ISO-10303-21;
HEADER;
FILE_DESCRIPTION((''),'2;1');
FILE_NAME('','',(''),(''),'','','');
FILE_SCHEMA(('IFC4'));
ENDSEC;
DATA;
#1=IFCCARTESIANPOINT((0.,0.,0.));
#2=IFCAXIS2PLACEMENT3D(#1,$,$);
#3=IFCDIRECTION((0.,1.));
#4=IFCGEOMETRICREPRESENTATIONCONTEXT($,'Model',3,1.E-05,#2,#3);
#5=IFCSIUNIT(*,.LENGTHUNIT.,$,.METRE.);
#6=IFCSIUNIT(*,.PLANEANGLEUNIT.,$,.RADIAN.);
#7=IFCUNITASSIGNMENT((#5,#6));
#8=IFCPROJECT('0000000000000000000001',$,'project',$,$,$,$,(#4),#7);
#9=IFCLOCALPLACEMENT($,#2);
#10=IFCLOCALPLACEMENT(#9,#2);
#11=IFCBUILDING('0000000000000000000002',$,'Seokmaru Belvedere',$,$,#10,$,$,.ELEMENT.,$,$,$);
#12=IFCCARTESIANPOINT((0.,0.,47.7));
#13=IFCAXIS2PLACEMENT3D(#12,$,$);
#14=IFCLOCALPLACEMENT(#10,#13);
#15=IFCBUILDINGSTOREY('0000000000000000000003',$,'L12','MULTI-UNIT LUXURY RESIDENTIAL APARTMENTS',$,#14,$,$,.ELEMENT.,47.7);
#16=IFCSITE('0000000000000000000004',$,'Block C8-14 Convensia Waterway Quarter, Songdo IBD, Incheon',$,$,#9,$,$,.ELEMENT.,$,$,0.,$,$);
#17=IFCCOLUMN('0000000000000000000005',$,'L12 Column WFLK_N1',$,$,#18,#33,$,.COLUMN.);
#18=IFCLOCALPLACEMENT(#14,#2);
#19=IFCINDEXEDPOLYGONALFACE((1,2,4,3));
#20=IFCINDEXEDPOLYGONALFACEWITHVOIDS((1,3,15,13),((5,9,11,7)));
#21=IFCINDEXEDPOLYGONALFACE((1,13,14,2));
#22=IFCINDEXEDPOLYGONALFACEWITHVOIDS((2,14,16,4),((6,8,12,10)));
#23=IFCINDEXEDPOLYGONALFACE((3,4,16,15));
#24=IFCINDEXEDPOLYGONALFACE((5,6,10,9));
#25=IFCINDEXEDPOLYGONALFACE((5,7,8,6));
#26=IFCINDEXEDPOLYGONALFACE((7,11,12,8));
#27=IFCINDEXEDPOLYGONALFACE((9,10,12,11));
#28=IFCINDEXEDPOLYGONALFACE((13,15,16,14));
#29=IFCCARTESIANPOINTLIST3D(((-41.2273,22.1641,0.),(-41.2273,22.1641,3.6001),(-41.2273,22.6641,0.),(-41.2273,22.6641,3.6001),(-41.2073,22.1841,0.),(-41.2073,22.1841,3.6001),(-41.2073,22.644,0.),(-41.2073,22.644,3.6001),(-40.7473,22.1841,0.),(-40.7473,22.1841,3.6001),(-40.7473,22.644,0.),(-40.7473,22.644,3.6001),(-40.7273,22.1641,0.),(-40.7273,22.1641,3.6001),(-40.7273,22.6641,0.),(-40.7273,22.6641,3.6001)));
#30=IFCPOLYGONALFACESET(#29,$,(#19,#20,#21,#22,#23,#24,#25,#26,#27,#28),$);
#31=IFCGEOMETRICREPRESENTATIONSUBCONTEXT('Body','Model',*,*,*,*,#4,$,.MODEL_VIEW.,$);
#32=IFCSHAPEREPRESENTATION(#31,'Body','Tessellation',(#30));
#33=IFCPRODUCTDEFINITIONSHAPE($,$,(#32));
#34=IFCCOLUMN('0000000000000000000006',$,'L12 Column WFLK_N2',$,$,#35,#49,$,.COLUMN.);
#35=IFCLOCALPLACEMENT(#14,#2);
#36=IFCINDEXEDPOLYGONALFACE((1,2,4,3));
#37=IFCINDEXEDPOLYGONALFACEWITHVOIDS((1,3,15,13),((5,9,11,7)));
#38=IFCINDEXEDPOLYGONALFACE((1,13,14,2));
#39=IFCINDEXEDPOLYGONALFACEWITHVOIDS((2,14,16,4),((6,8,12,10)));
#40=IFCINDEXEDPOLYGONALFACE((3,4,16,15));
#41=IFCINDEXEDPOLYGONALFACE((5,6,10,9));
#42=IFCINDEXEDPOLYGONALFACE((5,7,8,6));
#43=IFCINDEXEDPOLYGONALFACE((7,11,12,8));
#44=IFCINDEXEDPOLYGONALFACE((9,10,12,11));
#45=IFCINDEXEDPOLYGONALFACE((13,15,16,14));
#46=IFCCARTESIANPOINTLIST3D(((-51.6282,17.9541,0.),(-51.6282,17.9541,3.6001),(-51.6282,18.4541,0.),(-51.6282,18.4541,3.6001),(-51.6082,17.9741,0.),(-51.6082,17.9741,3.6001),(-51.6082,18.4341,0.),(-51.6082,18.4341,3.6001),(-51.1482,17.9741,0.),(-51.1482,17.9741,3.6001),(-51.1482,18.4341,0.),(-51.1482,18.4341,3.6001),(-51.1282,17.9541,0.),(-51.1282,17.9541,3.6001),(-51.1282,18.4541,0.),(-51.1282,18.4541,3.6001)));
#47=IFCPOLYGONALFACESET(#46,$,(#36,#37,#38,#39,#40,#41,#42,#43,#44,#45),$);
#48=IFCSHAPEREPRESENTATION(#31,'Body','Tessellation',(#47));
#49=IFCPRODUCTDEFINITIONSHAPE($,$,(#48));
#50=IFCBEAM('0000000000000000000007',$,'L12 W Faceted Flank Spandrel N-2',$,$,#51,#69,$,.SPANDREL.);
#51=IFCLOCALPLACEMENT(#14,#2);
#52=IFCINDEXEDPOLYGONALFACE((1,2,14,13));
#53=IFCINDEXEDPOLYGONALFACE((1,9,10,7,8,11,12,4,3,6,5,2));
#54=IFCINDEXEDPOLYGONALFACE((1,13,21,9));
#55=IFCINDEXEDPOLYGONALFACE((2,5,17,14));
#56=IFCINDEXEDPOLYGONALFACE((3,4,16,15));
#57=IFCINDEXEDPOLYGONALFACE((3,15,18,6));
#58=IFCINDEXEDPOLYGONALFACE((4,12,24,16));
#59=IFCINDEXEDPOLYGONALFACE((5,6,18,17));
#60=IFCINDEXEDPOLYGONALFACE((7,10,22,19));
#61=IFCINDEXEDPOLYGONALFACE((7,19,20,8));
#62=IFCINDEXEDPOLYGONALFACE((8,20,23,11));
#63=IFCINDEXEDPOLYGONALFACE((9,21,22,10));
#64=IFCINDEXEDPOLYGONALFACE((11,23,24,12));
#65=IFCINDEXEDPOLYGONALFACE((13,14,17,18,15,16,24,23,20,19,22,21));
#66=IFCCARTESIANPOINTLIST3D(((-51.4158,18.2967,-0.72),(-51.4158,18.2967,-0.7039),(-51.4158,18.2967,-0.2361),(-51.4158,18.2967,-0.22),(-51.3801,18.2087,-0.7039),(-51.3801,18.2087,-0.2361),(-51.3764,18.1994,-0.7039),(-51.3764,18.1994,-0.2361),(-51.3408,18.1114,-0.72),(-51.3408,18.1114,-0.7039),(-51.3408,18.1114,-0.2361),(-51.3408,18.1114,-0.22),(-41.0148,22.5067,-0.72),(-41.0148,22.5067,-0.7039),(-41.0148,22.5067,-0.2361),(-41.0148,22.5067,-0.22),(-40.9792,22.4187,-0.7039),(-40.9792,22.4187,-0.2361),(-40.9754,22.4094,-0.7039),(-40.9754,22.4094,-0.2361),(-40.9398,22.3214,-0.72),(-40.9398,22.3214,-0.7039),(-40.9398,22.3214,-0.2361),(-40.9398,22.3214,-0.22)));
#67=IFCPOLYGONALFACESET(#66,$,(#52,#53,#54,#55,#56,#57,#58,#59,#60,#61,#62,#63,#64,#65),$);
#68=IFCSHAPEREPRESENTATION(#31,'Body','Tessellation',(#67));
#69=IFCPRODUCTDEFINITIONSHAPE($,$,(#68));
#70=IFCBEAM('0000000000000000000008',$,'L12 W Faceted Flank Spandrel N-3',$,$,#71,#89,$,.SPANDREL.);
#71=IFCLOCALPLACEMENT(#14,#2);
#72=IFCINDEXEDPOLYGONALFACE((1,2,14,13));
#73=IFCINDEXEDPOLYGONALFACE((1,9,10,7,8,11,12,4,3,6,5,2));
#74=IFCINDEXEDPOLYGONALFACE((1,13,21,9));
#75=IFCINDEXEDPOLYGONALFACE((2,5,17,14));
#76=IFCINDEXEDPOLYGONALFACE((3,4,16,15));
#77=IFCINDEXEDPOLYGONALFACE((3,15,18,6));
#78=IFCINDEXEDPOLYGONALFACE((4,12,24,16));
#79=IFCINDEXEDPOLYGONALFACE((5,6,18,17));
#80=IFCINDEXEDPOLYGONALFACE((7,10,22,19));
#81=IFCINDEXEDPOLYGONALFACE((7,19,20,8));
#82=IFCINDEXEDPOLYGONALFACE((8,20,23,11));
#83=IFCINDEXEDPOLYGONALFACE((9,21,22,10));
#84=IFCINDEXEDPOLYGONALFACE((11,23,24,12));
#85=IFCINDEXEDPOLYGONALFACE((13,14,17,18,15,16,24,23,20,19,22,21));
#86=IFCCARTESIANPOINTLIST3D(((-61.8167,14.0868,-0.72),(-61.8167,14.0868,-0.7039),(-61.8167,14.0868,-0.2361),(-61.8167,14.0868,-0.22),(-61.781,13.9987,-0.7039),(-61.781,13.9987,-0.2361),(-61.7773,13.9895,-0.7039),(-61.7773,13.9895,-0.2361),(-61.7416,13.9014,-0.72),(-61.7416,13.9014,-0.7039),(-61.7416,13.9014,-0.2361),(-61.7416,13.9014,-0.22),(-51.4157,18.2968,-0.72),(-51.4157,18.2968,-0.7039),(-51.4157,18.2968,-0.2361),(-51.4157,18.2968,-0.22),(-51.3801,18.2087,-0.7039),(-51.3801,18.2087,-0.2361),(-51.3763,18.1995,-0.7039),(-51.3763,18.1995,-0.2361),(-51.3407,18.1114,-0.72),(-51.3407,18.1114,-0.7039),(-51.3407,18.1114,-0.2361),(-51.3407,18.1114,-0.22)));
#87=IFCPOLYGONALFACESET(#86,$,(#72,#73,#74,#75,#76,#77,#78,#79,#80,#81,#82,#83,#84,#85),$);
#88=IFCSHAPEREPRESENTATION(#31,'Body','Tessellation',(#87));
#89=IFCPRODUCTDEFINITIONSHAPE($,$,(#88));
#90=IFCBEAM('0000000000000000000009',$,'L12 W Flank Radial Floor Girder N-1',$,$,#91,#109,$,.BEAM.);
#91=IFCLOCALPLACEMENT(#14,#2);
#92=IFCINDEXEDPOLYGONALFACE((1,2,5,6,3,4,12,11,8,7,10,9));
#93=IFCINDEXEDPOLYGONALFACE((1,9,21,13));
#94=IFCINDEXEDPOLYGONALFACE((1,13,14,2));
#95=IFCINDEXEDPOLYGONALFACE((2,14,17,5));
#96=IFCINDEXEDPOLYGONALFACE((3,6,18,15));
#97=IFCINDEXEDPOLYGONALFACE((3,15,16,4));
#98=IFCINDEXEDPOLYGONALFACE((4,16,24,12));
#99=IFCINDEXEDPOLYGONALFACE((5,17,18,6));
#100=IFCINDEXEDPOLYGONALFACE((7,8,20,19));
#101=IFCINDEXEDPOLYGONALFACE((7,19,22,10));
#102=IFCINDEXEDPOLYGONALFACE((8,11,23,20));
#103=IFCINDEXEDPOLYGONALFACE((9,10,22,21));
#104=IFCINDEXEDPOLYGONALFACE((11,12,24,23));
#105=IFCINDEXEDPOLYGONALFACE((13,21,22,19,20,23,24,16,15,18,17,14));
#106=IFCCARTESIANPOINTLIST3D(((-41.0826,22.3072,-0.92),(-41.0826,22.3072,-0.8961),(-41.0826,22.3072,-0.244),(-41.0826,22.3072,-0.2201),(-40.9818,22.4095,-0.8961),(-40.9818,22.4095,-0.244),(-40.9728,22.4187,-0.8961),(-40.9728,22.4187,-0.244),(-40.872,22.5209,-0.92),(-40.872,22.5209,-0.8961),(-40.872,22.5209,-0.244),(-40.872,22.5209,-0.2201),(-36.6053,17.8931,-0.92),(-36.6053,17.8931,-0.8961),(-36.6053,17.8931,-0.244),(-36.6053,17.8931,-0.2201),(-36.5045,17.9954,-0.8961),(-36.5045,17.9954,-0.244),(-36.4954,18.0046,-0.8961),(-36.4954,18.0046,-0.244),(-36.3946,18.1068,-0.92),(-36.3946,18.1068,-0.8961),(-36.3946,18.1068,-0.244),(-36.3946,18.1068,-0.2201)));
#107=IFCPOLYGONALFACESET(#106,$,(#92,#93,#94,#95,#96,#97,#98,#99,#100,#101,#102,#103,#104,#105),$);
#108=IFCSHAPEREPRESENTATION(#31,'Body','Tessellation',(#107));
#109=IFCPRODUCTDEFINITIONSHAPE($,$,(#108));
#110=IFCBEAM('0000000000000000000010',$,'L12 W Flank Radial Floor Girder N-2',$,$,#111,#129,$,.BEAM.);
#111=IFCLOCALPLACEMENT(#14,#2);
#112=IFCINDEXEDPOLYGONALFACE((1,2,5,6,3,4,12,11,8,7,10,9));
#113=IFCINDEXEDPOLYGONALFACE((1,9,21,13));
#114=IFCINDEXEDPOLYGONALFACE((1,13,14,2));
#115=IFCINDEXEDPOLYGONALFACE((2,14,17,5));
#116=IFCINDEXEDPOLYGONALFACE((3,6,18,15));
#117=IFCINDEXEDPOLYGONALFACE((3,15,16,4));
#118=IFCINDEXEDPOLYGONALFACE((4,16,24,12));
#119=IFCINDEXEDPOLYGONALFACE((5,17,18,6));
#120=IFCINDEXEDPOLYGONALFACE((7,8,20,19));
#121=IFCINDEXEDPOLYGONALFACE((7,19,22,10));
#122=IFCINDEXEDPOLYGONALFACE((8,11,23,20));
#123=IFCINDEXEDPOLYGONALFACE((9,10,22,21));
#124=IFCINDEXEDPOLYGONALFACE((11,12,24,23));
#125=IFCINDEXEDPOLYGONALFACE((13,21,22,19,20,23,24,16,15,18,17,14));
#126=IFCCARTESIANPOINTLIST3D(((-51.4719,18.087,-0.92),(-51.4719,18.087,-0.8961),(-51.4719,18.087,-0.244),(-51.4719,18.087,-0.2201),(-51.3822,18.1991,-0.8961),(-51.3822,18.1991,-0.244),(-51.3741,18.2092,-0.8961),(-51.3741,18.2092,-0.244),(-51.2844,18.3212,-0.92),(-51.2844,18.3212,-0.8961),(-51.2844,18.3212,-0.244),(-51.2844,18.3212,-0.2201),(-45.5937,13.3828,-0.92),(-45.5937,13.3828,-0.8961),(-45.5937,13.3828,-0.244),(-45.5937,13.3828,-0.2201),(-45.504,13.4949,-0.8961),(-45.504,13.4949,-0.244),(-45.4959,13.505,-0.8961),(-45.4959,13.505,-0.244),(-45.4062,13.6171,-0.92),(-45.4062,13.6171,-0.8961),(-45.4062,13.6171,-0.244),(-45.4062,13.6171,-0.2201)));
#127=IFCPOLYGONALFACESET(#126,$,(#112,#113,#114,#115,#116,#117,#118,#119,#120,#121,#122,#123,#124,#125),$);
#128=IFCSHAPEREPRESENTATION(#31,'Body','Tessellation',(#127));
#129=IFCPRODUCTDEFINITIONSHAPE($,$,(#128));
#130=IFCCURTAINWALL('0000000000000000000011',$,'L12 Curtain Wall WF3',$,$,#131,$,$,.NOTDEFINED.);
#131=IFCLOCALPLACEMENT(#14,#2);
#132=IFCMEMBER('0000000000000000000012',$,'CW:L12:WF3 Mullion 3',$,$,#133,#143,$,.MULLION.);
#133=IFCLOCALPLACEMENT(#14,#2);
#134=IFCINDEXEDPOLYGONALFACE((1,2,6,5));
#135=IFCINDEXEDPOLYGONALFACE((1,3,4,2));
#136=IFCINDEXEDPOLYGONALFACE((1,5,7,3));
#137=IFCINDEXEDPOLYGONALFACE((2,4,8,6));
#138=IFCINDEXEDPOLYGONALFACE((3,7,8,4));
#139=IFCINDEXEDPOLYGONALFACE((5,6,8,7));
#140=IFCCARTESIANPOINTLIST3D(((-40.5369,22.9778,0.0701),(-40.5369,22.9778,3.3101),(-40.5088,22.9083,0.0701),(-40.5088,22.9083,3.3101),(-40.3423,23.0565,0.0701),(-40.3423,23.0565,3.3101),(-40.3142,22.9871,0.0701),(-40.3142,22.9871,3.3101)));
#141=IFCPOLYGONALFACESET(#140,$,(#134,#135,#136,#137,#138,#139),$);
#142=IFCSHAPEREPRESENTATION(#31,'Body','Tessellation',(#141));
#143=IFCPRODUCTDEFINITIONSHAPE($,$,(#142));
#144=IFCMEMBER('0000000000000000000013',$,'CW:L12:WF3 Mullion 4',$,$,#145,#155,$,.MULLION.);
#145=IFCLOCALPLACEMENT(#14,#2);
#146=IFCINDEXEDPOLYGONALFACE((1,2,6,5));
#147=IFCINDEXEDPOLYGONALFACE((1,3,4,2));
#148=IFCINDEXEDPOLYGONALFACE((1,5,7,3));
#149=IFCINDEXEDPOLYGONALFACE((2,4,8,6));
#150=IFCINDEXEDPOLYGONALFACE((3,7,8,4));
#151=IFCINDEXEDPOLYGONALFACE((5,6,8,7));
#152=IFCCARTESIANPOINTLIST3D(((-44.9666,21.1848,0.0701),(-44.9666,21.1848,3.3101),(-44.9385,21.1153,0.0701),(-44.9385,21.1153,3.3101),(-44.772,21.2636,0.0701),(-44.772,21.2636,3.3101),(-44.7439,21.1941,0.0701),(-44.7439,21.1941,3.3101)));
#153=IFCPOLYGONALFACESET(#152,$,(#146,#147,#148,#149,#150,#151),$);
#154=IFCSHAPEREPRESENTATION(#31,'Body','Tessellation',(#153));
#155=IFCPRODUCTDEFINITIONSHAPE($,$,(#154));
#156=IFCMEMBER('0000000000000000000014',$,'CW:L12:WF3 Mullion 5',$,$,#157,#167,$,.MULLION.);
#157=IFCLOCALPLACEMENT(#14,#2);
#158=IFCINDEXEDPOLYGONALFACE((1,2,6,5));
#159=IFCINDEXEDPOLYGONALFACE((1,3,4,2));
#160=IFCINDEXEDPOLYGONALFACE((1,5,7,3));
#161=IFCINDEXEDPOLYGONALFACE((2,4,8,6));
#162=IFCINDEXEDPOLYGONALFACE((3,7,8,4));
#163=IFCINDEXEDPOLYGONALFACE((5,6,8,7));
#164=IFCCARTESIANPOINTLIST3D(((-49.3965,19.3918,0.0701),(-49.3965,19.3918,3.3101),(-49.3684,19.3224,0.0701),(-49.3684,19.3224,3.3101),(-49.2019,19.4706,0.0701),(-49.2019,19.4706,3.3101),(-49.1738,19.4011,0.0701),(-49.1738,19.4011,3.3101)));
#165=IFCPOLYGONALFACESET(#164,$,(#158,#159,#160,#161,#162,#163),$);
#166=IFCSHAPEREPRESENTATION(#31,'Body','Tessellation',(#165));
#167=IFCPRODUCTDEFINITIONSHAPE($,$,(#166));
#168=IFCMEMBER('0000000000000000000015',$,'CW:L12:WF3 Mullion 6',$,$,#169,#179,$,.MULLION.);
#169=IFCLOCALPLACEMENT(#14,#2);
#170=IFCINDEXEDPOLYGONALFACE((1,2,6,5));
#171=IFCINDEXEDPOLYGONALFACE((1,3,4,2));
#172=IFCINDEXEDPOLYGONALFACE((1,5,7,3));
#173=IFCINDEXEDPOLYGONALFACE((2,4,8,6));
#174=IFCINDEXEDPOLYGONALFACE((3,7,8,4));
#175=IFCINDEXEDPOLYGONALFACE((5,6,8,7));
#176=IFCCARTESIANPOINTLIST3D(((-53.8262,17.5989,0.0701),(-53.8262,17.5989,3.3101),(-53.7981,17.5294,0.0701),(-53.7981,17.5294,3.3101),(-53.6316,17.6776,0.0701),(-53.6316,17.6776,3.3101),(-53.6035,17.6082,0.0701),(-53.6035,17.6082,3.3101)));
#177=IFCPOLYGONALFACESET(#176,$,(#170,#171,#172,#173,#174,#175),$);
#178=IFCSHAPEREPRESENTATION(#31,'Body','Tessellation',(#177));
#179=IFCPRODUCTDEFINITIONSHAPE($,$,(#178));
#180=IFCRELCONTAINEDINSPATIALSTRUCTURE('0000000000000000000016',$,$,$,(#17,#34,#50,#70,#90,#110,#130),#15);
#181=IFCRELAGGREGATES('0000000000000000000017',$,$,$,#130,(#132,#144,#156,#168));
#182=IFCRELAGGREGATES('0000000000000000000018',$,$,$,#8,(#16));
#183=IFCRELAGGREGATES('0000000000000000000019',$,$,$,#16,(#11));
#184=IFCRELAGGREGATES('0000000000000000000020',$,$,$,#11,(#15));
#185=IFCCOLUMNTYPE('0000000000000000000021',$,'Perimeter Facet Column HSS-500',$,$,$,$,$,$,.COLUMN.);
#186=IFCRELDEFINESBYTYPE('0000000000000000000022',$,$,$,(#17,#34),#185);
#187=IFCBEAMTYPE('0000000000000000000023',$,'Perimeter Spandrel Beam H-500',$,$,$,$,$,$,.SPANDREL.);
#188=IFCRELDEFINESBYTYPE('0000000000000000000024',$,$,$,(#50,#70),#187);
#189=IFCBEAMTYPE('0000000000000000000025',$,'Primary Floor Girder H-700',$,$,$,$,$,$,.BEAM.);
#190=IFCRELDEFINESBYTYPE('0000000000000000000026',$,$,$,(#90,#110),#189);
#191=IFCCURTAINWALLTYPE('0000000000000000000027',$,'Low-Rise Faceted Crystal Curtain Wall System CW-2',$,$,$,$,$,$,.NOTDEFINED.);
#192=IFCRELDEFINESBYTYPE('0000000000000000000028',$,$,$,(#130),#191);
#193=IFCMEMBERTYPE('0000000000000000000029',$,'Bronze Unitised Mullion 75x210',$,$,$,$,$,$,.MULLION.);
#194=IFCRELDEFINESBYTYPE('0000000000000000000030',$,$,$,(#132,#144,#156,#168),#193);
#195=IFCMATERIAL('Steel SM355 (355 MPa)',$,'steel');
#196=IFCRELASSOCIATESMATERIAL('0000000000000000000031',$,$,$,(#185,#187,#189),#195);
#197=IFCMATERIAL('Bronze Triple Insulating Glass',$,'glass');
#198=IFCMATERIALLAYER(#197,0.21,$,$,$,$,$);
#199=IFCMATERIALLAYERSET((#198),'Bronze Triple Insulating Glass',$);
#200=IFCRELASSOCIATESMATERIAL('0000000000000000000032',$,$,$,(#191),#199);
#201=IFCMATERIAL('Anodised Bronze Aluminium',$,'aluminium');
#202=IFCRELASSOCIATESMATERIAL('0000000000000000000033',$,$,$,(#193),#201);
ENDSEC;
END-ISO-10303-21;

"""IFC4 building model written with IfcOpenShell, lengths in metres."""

from ifc_helpers import new_model, si_unit, direction, frame, origin, origin_2d, place, context, subcontext, project, spatial, rectangle, hollow_rectangle, i_section, extrude, source, transform, mapped, material, layer, layer_set, material_profile, profile_set, type_object, type_shapes, element, aggregate, save


model = new_model("IFC4")

# Units and contexts
model_context = context("Model", 3, precision=1e-05, world=origin(), true_north=direction((0.0, 1.0)))
body_context = subcontext(model_context, "Body", "Model", "MODEL_VIEW")
ifc_project = project(units=[si_unit("LENGTHUNIT", "METRE"), si_unit("PLANEANGLEUNIT", "RADIAN")], contexts=[model_context])

# Site, building, storey
site_placement = place(None, origin())
site = spatial("IfcSite", under=ifc_project, at=site_placement, Name="Block C8-14 Convensia Waterway Quarter, Songdo IBD, Incheon", CompositionType="ELEMENT", RefElevation=0.0)
building_placement = place(site_placement, origin())
building = spatial("IfcBuilding", under=site, at=building_placement, Name="Seokmaru Belvedere", CompositionType="ELEMENT")
storey_placement = place(building_placement, frame((0.0, 0.0, 47.7)))
storey = spatial("IfcBuildingStorey", under=building, at=storey_placement, Name="L12", Description="MULTI-UNIT LUXURY RESIDENTIAL APARTMENTS", CompositionType="ELEMENT", Elevation=47.7)

# Columns
ifc_material_1 = material(Name="Steel SM355 (355 MPa)", Category="steel")
ifc_material_profile_1 = material_profile(ifc_material_1, hollow_rectangle(XDim=0.5, YDim=0.5, WallThickness=0.02, at=origin_2d()), Name="HSS-500x500x20")
ifc_profile_set_1 = profile_set([ifc_material_profile_1], Name="Steel SM355 (355 MPa)")
column_type = type_object("IfcColumnType", Name="Perimeter Facet Column HSS-500", PredefinedType="COLUMN", material=ifc_profile_set_1)
shared_shape_1 = source(origin(), body_context, "Body", "SweptSolid", [
    extrude(hollow_rectangle(XDim=0.5, YDim=0.5, WallThickness=0.02, at=origin_2d()), origin(), (0.0, 0.0, 1.0), 3.6001),
])
type_shapes(column_type, [shared_shape_1])
for number, where, z_axis, x_axis, name in (
    (1, (-40.9773, 22.4141, 0.0), (0.0, 0.0, 1.0), (1.0, 0.0, 0.0), "L12 Column WFLK_N1"),
    (2, (-51.3782, 18.2041, 0.0), (0.0, 0.0, 1.0), (1.0, 0.0, 0.0), "L12 Column WFLK_N2"),
):
    element("IfcColumn", number, at=place(storey_placement, frame(where, z_axis=z_axis, x_axis=x_axis)), inside=storey, type_object=column_type, Name=name, PredefinedType="COLUMN", context=body_context, shape_type="MappedRepresentation", body=[
        mapped(shared_shape_1, transform((0.0, 0.0, 0.0), scale=1.0)),
    ])

# Beams
ifc_material_profile_2 = material_profile(ifc_material_1, i_section(OverallWidth=0.2, OverallDepth=0.5, WebThickness=0.01, FlangeThickness=0.0161, at=origin_2d()), Name="H-500x200x10x16")
ifc_profile_set_2 = profile_set([ifc_material_profile_2], Name="Steel SM355 (355 MPa)")
beam_type_1 = type_object("IfcBeamType", Name="Perimeter Spandrel Beam H-500", PredefinedType="SPANDREL", material=ifc_profile_set_2)
shared_shape_2 = source(origin(), body_context, "Body", "SweptSolid", [
    extrude(i_section(OverallWidth=0.2, OverallDepth=0.5, WebThickness=0.01, FlangeThickness=0.0161, at=origin_2d()), origin(), (0.0, 0.0, 1.0), 11.2207),
])
type_shapes(beam_type_1, [shared_shape_2])
for number, where, z_axis, x_axis, name in (
    (3, (-40.9773, 22.4141, -0.47), (-0.926944, -0.375199, 0.0), (0.375199, -0.926944, 0.0), "L12 W Faceted Flank Spandrel N-2"),
    (4, (-51.3782, 18.2041, -0.47), (-0.926944, -0.375199, 0.0), (0.375199, -0.926944, 0.0), "L12 W Faceted Flank Spandrel N-3"),
):
    element("IfcBeam", number, at=place(storey_placement, frame(where, z_axis=z_axis, x_axis=x_axis)), inside=storey, type_object=beam_type_1, Name=name, PredefinedType="SPANDREL", context=body_context, shape_type="MappedRepresentation", body=[
        mapped(shared_shape_2, transform((0.0, 0.0, 0.0), scale=1.0)),
    ])
ifc_material_profile_3 = material_profile(ifc_material_1, i_section(OverallWidth=0.3, OverallDepth=0.7, WebThickness=0.0129, FlangeThickness=0.0239, at=origin_2d()), Name="H-700x300x13x24")
ifc_profile_set_3 = profile_set([ifc_material_profile_3], Name="Steel SM355 (355 MPa)")
beam_type_2 = type_object("IfcBeamType", Name="Primary Floor Girder H-700", PredefinedType="BEAM", material=ifc_profile_set_3)
shared_shape_3 = source(origin(), body_context, "Body", "SweptSolid", [
    extrude(i_section(OverallWidth=0.3, OverallDepth=0.7, WebThickness=0.0129, FlangeThickness=0.0239, at=origin_2d()), origin(), (0.0, 0.0, 1.0), 6.2874),
])
beam_1_placement = place(storey_placement, frame((-40.9773, 22.4141, -0.5701), z_axis=(0.712117, -0.70206, 0.0), x_axis=(0.70206, 0.712117, 0.0)))
element("IfcBeam", 5, at=beam_1_placement, inside=storey, type_object=beam_type_2, Name="L12 W Flank Radial Floor Girder N-1", PredefinedType="BEAM", context=body_context, shape_type="MappedRepresentation", body=[
    mapped(shared_shape_3, transform((0.0, 0.0, 0.0), scale=1.0)),
])
shared_shape_4 = source(origin(), body_context, "Body", "SweptSolid", [
    extrude(i_section(OverallWidth=0.3, OverallDepth=0.7, WebThickness=0.0129, FlangeThickness=0.0239, at=origin_2d()), origin(), (0.0, 0.0, 1.0), 7.5288),
])
type_shapes(beam_type_2, [shared_shape_3, shared_shape_4])
beam_2_placement = place(storey_placement, frame((-51.3782, 18.2041, -0.5701), z_axis=(0.780768, -0.624822, 0.0), x_axis=(0.624822, 0.780768, 0.0)))
element("IfcBeam", 6, at=beam_2_placement, inside=storey, type_object=beam_type_2, Name="L12 W Flank Radial Floor Girder N-2", PredefinedType="BEAM", context=body_context, shape_type="MappedRepresentation", body=[
    mapped(shared_shape_4, transform((0.0, 0.0, 0.0), scale=1.0)),
])

# Curtain wall, members
ifc_material_2 = material(Name="Bronze Triple Insulating Glass", Category="glass")
ifc_layer_1 = layer(ifc_material_2, 0.21)
ifc_layer_set_1 = layer_set([ifc_layer_1], Name="Bronze Triple Insulating Glass")
curtain_wall_type = type_object("IfcCurtainWallType", Name="Low-Rise Faceted Crystal Curtain Wall System CW-2", PredefinedType="NOTDEFINED", material=ifc_layer_set_1)
curtain_wall_placement = place(storey_placement, origin())
curtain_wall = element("IfcCurtainWall", 7, at=curtain_wall_placement, inside=storey, type_object=curtain_wall_type, Name="L12 Curtain Wall WF3", PredefinedType="NOTDEFINED")
ifc_material_3 = material(Name="Anodised Bronze Aluminium", Category="aluminium")
ifc_material_profile_4 = material_profile(ifc_material_3, rectangle(XDim=0.075, YDim=0.21, at=origin_2d()), Name="CW-M-75x210")
ifc_profile_set_4 = profile_set([ifc_material_profile_4], Name="Anodised Bronze Aluminium")
member_type = type_object("IfcMemberType", Name="Bronze Unitised Mullion 75x210", PredefinedType="MULLION", material=ifc_profile_set_4)
shared_shape_5 = source(origin(), body_context, "Body", "SweptSolid", [
    extrude(rectangle(XDim=0.075, YDim=0.21, at=origin_2d()), origin(), (0.0, 0.0, 1.0), 3.24),
])
type_shapes(member_type, [shared_shape_5])
member_1_placement = place(storey_placement, frame((-40.4255, 22.9824, 0.0701), z_axis=(0.0, 0.0, 1.0), x_axis=(0.375192, -0.926947, 0.0)))
member_1 = element("IfcMember", 8, at=member_1_placement, type_object=member_type, Name="CW:L12:WF3 Mullion 3", PredefinedType="MULLION", context=body_context, shape_type="MappedRepresentation", body=[
    mapped(shared_shape_5, transform((0.0, 0.0, 0.0), scale=1.0)),
])
member_2_placement = place(storey_placement, frame((-44.8552, 21.1895, 0.0701), z_axis=(0.0, 0.0, 1.0), x_axis=(0.375192, -0.926947, 0.0)))
member_2 = element("IfcMember", 9, at=member_2_placement, type_object=member_type, Name="CW:L12:WF3 Mullion 4", PredefinedType="MULLION", context=body_context, shape_type="MappedRepresentation", body=[
    mapped(shared_shape_5, transform((0.0, 0.0, 0.0), scale=1.0)),
])
member_3_placement = place(storey_placement, frame((-49.2852, 19.3965, 0.0701), z_axis=(0.0, 0.0, 1.0), x_axis=(0.375192, -0.926947, 0.0)))
member_3 = element("IfcMember", 10, at=member_3_placement, type_object=member_type, Name="CW:L12:WF3 Mullion 5", PredefinedType="MULLION", context=body_context, shape_type="MappedRepresentation", body=[
    mapped(shared_shape_5, transform((0.0, 0.0, 0.0), scale=1.0)),
])
member_4_placement = place(storey_placement, frame((-53.7148, 17.6035, 0.0701), z_axis=(0.0, 0.0, 1.0), x_axis=(0.375192, -0.926947, 0.0)))
member_4 = element("IfcMember", 11, at=member_4_placement, type_object=member_type, Name="CW:L12:WF3 Mullion 6", PredefinedType="MULLION", context=body_context, shape_type="MappedRepresentation", body=[
    mapped(shared_shape_5, transform((0.0, 0.0, 0.0), scale=1.0)),
])
aggregate(curtain_wall, [member_1, member_2, member_3, member_4])

save(model, "model.ifc")
